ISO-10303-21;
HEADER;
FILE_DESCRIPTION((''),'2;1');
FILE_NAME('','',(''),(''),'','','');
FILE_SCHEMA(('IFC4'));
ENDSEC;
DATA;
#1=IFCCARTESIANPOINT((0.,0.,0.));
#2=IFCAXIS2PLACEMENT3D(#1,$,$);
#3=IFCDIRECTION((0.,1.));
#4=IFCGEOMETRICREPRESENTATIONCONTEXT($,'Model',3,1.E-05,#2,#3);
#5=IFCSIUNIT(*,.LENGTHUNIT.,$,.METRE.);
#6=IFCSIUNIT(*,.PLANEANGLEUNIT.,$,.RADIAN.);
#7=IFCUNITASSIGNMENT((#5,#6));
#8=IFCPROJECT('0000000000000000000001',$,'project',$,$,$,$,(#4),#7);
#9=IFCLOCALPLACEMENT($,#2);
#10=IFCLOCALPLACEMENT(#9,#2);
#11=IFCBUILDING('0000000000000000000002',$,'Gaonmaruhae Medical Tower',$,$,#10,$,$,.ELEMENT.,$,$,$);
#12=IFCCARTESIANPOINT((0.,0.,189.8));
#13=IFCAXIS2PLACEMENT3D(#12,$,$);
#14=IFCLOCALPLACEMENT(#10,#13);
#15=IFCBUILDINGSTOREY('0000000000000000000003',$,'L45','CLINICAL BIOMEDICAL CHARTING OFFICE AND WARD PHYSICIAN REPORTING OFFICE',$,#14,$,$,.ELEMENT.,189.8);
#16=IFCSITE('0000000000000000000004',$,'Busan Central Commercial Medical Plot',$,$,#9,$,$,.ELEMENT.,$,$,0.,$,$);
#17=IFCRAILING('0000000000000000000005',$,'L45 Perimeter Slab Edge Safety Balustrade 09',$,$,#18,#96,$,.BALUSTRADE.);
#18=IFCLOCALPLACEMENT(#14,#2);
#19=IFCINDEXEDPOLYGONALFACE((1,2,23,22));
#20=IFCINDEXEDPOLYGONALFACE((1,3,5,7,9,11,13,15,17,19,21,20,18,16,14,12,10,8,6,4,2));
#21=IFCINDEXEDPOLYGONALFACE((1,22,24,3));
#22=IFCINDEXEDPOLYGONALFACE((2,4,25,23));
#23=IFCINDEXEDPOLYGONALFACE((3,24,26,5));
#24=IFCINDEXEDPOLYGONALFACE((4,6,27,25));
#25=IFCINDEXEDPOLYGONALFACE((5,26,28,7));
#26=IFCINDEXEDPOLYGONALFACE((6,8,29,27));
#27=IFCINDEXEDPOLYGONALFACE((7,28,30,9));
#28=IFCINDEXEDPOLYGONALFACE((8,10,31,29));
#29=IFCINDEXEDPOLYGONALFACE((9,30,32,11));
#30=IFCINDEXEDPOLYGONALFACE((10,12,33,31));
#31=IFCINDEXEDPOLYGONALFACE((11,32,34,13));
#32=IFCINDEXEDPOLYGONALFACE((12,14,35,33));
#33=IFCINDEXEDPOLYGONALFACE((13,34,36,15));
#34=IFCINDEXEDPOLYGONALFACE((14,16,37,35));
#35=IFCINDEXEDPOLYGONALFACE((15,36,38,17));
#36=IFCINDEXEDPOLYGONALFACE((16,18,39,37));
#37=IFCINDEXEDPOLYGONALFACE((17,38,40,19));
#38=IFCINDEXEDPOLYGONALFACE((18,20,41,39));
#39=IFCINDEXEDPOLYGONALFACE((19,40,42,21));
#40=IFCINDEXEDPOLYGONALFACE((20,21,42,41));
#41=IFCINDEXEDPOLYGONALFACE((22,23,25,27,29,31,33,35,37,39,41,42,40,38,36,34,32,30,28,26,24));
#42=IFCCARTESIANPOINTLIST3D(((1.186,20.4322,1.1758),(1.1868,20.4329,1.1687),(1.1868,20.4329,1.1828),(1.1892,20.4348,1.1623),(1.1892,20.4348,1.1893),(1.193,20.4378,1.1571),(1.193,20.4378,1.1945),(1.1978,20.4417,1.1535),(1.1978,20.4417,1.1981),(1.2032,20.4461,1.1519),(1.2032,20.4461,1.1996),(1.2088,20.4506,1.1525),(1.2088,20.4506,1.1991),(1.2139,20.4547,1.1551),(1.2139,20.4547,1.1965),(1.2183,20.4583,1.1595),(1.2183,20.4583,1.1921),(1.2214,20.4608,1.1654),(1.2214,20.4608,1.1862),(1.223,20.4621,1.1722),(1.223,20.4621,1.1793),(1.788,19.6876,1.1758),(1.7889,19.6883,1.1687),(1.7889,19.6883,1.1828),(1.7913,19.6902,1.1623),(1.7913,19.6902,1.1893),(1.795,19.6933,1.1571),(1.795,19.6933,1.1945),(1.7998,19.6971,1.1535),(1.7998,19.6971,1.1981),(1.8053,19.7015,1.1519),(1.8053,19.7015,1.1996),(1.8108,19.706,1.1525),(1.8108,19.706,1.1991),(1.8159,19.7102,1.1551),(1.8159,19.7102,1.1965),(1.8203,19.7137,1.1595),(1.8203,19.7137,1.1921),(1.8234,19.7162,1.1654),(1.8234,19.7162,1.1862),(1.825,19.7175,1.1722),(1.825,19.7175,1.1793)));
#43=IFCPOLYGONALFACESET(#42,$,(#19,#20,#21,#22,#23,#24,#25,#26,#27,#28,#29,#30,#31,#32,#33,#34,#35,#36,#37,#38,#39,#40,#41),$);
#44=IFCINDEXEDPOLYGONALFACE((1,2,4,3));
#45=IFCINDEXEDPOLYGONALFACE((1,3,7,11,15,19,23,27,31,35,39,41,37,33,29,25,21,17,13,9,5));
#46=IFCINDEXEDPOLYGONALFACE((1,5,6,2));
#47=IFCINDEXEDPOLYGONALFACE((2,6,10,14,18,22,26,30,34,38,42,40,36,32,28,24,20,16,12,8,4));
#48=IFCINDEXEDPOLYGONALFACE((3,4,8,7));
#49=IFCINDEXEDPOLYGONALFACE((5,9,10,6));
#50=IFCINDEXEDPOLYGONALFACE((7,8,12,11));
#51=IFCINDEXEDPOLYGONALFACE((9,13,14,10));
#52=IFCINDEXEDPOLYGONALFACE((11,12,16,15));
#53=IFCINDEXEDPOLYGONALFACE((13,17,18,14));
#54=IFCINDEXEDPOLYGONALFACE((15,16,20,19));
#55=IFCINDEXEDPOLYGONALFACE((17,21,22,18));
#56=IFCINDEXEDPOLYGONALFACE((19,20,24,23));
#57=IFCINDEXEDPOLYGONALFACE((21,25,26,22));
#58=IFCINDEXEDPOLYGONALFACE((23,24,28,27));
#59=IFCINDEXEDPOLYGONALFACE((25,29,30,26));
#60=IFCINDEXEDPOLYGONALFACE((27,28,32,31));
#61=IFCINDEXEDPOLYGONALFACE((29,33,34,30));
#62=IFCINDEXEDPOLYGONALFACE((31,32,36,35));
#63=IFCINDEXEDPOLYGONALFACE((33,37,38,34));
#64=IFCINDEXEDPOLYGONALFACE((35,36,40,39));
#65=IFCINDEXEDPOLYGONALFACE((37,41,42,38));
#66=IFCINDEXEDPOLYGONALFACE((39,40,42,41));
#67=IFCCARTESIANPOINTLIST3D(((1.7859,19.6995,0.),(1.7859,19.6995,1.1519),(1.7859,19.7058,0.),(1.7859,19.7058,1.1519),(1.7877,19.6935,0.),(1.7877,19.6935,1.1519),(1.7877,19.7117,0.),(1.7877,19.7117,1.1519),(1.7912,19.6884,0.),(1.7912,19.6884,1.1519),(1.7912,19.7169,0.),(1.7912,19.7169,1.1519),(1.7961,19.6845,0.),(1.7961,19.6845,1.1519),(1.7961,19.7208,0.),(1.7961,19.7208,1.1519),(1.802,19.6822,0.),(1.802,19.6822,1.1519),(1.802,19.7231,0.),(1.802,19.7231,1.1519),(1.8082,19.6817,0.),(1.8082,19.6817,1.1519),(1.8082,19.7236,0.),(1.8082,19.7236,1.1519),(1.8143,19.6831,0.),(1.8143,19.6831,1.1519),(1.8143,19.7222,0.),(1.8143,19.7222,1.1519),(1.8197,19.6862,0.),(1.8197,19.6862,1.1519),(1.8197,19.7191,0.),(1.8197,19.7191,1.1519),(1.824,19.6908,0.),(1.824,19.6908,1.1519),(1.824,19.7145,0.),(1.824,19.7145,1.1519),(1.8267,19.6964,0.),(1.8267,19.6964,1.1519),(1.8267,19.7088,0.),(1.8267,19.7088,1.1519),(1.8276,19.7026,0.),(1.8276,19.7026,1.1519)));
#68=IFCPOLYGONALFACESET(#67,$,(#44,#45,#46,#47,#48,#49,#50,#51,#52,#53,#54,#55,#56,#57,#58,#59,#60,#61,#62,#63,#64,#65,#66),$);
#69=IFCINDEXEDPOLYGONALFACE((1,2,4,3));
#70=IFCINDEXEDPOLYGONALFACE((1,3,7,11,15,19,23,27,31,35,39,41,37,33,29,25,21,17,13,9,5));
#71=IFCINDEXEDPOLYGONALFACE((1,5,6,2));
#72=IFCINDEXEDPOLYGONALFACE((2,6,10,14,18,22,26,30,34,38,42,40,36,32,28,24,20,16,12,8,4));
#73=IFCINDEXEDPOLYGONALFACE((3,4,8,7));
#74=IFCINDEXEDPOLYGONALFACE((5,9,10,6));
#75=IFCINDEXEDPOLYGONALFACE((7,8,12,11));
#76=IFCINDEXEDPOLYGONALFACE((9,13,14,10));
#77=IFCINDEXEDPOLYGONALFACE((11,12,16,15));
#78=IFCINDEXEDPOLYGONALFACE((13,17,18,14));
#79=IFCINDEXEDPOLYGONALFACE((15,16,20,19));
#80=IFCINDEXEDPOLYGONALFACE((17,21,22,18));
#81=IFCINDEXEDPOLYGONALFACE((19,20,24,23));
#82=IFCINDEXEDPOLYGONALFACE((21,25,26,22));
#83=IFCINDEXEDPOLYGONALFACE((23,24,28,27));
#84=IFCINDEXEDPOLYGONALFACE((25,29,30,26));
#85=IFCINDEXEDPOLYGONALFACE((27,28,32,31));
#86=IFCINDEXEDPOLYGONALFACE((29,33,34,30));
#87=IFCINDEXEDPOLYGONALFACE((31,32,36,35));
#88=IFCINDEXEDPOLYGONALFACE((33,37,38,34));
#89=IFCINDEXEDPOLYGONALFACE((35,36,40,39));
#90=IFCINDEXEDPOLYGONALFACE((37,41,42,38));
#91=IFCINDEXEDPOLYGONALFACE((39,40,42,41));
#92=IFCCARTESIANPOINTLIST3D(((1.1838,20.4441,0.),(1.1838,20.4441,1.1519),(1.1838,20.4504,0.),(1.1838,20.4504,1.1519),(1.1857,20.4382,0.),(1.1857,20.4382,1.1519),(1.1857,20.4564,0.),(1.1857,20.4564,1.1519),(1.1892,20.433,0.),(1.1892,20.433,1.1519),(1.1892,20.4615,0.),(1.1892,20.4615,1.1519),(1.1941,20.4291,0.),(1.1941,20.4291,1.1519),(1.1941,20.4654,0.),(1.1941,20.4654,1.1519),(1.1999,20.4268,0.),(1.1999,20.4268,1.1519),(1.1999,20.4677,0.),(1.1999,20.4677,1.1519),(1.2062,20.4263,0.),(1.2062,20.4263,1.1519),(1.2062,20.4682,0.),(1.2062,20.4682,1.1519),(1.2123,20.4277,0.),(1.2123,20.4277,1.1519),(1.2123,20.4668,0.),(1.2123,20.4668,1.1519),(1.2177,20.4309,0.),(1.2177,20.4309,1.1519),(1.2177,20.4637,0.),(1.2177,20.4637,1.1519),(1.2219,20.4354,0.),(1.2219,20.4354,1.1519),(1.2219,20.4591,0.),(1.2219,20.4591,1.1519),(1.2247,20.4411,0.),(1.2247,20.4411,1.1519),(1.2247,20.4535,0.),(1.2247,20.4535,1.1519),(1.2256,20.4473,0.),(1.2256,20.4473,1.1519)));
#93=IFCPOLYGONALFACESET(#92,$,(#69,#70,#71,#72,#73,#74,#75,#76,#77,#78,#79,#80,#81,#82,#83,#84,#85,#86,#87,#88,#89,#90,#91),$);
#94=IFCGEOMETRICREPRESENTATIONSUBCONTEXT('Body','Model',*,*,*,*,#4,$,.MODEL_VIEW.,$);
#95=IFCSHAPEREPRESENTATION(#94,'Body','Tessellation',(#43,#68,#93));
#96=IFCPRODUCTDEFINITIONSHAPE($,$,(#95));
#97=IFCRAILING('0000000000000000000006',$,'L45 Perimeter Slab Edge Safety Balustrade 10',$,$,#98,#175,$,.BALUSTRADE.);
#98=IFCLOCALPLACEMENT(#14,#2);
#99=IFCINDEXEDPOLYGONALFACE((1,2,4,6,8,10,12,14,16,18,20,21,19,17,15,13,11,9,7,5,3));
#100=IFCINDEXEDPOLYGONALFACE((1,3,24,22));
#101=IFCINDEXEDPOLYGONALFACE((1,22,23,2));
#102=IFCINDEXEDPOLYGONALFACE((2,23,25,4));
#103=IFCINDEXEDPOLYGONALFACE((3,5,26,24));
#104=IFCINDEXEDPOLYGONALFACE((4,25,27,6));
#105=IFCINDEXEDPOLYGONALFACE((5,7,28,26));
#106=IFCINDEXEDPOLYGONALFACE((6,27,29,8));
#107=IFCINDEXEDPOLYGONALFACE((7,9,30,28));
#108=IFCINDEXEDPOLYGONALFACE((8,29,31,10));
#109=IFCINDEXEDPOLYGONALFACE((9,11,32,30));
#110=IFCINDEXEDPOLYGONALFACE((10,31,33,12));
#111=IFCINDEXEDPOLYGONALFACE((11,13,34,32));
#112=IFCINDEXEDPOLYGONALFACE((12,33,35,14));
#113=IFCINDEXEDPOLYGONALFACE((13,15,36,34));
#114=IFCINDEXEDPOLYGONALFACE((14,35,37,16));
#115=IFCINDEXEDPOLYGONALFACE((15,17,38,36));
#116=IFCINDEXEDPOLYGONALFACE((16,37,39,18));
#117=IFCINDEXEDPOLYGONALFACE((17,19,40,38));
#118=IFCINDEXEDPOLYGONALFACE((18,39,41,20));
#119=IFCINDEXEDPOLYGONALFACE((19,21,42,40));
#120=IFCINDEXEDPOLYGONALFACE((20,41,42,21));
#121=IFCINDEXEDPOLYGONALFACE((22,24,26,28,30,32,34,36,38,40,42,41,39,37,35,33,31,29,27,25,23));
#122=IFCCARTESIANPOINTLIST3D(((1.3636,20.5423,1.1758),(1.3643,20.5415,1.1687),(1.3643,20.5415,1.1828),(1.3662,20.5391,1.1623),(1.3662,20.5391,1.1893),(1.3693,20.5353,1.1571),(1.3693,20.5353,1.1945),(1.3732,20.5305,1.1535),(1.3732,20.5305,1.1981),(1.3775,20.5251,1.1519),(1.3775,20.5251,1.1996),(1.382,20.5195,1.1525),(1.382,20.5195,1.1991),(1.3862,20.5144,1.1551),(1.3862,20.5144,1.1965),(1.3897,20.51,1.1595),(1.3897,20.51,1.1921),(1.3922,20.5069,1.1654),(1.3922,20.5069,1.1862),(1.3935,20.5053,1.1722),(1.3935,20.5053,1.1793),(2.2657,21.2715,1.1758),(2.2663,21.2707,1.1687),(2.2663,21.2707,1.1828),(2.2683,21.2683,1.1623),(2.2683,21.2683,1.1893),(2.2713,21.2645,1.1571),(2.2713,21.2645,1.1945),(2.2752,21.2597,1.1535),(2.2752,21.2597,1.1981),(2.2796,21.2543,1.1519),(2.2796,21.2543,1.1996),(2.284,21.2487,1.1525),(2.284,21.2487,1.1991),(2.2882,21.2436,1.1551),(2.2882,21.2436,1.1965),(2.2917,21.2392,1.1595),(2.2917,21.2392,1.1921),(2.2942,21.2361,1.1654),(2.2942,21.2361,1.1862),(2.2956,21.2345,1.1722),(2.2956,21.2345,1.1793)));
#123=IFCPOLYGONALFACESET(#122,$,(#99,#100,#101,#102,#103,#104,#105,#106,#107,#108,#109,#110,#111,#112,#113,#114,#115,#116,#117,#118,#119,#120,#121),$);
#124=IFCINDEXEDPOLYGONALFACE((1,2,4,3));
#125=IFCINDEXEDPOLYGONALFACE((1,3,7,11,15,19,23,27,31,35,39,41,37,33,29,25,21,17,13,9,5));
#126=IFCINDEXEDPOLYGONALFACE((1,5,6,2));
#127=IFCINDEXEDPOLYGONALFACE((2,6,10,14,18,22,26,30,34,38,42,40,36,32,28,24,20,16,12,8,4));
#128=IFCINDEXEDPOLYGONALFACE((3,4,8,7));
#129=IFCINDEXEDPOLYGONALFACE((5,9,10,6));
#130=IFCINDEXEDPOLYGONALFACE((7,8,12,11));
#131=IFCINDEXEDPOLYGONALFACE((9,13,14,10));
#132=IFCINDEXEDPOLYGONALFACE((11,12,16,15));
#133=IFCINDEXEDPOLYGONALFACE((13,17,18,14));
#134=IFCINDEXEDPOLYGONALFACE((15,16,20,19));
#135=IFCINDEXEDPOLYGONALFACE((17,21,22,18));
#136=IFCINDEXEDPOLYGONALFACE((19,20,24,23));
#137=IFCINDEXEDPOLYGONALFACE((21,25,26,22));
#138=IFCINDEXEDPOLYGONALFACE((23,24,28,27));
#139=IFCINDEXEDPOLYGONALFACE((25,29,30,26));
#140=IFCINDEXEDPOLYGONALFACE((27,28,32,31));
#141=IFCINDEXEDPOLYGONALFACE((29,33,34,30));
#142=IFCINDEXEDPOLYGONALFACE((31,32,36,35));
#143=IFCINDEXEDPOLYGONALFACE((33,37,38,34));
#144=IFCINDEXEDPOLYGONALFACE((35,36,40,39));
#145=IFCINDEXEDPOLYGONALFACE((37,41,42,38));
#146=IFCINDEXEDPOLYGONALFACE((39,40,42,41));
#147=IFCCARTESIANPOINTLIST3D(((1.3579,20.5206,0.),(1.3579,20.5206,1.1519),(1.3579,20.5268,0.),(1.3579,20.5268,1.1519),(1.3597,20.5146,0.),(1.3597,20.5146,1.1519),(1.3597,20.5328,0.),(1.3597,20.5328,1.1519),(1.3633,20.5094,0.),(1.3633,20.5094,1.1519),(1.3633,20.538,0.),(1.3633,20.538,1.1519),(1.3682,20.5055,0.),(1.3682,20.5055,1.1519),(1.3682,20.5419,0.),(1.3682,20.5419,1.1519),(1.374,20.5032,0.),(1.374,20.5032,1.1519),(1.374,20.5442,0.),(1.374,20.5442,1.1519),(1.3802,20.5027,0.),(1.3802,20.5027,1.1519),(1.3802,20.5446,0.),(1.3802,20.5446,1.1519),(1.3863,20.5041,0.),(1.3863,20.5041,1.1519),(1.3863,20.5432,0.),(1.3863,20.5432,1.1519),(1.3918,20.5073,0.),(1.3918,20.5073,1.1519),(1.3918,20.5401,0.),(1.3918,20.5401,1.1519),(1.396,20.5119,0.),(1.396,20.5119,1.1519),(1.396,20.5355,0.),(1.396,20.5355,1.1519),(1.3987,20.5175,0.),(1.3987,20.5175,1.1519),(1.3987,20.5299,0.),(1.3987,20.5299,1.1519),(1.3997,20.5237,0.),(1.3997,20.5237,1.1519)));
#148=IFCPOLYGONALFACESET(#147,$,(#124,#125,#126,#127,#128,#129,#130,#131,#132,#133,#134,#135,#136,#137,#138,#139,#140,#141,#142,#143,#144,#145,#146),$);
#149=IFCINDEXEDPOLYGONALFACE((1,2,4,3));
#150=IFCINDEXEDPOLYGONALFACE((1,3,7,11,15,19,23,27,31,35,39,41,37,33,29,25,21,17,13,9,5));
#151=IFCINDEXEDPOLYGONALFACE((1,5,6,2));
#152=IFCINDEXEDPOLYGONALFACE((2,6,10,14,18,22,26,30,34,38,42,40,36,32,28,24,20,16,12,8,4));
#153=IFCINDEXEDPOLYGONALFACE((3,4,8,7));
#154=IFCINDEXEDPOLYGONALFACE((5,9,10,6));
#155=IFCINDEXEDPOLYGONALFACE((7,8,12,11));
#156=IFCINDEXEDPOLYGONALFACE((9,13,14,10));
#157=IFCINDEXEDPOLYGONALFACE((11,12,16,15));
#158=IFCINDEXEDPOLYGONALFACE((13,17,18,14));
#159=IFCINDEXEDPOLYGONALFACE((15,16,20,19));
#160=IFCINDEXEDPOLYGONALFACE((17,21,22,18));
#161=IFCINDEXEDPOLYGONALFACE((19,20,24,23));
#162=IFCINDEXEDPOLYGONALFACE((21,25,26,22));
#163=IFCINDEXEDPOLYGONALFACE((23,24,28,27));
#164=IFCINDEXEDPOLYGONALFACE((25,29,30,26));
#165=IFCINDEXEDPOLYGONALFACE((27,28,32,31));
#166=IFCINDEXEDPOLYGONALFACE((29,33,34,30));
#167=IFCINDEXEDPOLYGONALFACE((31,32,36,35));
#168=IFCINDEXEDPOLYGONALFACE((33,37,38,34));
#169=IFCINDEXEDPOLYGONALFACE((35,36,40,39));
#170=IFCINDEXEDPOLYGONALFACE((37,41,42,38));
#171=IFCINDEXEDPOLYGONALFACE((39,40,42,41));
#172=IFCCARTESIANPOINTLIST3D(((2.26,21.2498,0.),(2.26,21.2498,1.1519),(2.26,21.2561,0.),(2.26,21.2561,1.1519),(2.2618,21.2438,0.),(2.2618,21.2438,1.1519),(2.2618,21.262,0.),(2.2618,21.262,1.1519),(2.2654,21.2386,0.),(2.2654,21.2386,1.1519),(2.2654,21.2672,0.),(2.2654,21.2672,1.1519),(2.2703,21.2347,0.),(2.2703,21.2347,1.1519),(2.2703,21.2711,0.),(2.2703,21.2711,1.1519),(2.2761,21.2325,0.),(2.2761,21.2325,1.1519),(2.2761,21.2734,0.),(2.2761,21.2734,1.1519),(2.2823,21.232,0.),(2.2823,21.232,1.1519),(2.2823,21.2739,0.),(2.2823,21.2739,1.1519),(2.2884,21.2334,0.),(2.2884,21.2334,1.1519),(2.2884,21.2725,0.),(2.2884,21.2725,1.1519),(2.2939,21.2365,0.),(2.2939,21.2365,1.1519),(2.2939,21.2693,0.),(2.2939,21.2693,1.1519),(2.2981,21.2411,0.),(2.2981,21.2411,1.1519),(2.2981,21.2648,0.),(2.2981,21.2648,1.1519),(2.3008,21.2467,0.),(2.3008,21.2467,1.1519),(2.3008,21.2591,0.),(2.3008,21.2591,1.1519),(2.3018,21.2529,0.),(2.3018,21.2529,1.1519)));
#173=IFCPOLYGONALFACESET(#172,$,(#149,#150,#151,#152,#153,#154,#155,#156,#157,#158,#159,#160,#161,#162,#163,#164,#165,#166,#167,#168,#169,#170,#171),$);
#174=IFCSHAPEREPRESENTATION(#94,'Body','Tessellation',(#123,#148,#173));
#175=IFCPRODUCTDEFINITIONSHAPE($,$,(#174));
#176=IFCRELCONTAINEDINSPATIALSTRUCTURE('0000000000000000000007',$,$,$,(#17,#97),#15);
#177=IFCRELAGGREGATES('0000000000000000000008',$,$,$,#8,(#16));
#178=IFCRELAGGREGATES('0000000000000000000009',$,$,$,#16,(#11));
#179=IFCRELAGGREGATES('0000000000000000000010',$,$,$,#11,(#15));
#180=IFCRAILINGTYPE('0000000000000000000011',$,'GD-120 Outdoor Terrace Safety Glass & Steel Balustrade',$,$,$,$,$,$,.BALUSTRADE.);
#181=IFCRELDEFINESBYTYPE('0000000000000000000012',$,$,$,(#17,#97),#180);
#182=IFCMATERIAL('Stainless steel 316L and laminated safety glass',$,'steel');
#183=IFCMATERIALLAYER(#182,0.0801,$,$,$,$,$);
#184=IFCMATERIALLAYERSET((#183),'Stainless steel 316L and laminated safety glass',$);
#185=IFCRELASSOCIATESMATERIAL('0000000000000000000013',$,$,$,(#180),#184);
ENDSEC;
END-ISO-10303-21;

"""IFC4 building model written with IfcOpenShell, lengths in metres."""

from ifc_helpers import new_model, si_unit, direction, frame, origin, origin_2d, place, context, subcontext, project, spatial, circle, extrude, material, layer, layer_set, type_object, element, save


model = new_model("IFC4")

# Units and contexts
model_context = context("Model", 3, precision=1e-05, world=origin(), true_north=direction((0.0, 1.0)))
body_context = subcontext(model_context, "Body", "Model", "MODEL_VIEW")
ifc_project = project(units=[si_unit("LENGTHUNIT", "METRE"), si_unit("PLANEANGLEUNIT", "RADIAN")], contexts=[model_context])

# Site, building, storey
site_placement = place(None, origin())
site = spatial("IfcSite", under=ifc_project, at=site_placement, Name="Busan Central Commercial Medical Plot", CompositionType="ELEMENT", RefElevation=0.0)
building_placement = place(site_placement, origin())
building = spatial("IfcBuilding", under=site, at=building_placement, Name="Gaonmaruhae Medical Tower", CompositionType="ELEMENT")
storey_placement = place(building_placement, frame((0.0, 0.0, 189.8)))
storey = spatial("IfcBuildingStorey", under=building, at=storey_placement, Name="L45", Description="CLINICAL BIOMEDICAL CHARTING OFFICE AND WARD PHYSICIAN REPORTING OFFICE", CompositionType="ELEMENT", Elevation=189.8)

# Railings
ifc_material_1 = material(Name="Stainless steel 316L and laminated safety glass", Category="steel")
ifc_layer_1 = layer(ifc_material_1, 0.0801)
ifc_layer_set_1 = layer_set([ifc_layer_1], Name="Stainless steel 316L and laminated safety glass")
railing_type = type_object("IfcRailingType", Name="GD-120 Outdoor Terrace Safety Glass & Steel Balustrade", PredefinedType="BALUSTRADE", material=ifc_layer_set_1)
railing_1_placement = place(storey_placement, frame((1.8066, 19.7026, 0.0)))
element("IfcRailing", 1, at=railing_1_placement, inside=storey, type_object=railing_type, Name="L45 Perimeter Slab Edge Safety Balustrade 09", PredefinedType="BALUSTRADE", context=body_context, shape_type="SweptSolid", body=[
    extrude(circle(Radius=0.0239, at=origin_2d()), frame((0.0, 0.0, 1.1758), z_axis=(-0.628729, 0.777625, 0.0), x_axis=(-0.777625, -0.628729, 0.0)), (0.0, 0.0, 1.0), 0.9575),
    extrude(circle(Radius=0.021, at=origin_2d()), origin(), (0.0, 0.0, 1.0), 1.1519),
    extrude(circle(Radius=0.021, at=origin_2d()), frame((-0.6021, 0.7446, 0.0)), (0.0, 0.0, 1.0), 1.1519),
])
railing_2_placement = place(storey_placement, frame((1.3787, 20.5237, 0.0)))
element("IfcRailing", 2, at=railing_2_placement, inside=storey, type_object=railing_type, Name="L45 Perimeter Slab Edge Safety Balustrade 10", PredefinedType="BALUSTRADE", context=body_context, shape_type="SweptSolid", body=[
    extrude(circle(Radius=0.0239, at=origin_2d()), frame((0.0, 0.0, 1.1758), z_axis=(0.777676, 0.628665, 0.0), x_axis=(-0.628665, 0.777676, 0.0)), (0.0, 0.0, 1.0), 1.1599),
    extrude(circle(Radius=0.021, at=origin_2d()), origin(), (0.0, 0.0, 1.0), 1.1519),
    extrude(circle(Radius=0.021, at=origin_2d()), frame((0.9021, 0.7292, 0.0)), (0.0, 0.0, 1.0), 1.1519),
])

save(model, "model.ifc")
